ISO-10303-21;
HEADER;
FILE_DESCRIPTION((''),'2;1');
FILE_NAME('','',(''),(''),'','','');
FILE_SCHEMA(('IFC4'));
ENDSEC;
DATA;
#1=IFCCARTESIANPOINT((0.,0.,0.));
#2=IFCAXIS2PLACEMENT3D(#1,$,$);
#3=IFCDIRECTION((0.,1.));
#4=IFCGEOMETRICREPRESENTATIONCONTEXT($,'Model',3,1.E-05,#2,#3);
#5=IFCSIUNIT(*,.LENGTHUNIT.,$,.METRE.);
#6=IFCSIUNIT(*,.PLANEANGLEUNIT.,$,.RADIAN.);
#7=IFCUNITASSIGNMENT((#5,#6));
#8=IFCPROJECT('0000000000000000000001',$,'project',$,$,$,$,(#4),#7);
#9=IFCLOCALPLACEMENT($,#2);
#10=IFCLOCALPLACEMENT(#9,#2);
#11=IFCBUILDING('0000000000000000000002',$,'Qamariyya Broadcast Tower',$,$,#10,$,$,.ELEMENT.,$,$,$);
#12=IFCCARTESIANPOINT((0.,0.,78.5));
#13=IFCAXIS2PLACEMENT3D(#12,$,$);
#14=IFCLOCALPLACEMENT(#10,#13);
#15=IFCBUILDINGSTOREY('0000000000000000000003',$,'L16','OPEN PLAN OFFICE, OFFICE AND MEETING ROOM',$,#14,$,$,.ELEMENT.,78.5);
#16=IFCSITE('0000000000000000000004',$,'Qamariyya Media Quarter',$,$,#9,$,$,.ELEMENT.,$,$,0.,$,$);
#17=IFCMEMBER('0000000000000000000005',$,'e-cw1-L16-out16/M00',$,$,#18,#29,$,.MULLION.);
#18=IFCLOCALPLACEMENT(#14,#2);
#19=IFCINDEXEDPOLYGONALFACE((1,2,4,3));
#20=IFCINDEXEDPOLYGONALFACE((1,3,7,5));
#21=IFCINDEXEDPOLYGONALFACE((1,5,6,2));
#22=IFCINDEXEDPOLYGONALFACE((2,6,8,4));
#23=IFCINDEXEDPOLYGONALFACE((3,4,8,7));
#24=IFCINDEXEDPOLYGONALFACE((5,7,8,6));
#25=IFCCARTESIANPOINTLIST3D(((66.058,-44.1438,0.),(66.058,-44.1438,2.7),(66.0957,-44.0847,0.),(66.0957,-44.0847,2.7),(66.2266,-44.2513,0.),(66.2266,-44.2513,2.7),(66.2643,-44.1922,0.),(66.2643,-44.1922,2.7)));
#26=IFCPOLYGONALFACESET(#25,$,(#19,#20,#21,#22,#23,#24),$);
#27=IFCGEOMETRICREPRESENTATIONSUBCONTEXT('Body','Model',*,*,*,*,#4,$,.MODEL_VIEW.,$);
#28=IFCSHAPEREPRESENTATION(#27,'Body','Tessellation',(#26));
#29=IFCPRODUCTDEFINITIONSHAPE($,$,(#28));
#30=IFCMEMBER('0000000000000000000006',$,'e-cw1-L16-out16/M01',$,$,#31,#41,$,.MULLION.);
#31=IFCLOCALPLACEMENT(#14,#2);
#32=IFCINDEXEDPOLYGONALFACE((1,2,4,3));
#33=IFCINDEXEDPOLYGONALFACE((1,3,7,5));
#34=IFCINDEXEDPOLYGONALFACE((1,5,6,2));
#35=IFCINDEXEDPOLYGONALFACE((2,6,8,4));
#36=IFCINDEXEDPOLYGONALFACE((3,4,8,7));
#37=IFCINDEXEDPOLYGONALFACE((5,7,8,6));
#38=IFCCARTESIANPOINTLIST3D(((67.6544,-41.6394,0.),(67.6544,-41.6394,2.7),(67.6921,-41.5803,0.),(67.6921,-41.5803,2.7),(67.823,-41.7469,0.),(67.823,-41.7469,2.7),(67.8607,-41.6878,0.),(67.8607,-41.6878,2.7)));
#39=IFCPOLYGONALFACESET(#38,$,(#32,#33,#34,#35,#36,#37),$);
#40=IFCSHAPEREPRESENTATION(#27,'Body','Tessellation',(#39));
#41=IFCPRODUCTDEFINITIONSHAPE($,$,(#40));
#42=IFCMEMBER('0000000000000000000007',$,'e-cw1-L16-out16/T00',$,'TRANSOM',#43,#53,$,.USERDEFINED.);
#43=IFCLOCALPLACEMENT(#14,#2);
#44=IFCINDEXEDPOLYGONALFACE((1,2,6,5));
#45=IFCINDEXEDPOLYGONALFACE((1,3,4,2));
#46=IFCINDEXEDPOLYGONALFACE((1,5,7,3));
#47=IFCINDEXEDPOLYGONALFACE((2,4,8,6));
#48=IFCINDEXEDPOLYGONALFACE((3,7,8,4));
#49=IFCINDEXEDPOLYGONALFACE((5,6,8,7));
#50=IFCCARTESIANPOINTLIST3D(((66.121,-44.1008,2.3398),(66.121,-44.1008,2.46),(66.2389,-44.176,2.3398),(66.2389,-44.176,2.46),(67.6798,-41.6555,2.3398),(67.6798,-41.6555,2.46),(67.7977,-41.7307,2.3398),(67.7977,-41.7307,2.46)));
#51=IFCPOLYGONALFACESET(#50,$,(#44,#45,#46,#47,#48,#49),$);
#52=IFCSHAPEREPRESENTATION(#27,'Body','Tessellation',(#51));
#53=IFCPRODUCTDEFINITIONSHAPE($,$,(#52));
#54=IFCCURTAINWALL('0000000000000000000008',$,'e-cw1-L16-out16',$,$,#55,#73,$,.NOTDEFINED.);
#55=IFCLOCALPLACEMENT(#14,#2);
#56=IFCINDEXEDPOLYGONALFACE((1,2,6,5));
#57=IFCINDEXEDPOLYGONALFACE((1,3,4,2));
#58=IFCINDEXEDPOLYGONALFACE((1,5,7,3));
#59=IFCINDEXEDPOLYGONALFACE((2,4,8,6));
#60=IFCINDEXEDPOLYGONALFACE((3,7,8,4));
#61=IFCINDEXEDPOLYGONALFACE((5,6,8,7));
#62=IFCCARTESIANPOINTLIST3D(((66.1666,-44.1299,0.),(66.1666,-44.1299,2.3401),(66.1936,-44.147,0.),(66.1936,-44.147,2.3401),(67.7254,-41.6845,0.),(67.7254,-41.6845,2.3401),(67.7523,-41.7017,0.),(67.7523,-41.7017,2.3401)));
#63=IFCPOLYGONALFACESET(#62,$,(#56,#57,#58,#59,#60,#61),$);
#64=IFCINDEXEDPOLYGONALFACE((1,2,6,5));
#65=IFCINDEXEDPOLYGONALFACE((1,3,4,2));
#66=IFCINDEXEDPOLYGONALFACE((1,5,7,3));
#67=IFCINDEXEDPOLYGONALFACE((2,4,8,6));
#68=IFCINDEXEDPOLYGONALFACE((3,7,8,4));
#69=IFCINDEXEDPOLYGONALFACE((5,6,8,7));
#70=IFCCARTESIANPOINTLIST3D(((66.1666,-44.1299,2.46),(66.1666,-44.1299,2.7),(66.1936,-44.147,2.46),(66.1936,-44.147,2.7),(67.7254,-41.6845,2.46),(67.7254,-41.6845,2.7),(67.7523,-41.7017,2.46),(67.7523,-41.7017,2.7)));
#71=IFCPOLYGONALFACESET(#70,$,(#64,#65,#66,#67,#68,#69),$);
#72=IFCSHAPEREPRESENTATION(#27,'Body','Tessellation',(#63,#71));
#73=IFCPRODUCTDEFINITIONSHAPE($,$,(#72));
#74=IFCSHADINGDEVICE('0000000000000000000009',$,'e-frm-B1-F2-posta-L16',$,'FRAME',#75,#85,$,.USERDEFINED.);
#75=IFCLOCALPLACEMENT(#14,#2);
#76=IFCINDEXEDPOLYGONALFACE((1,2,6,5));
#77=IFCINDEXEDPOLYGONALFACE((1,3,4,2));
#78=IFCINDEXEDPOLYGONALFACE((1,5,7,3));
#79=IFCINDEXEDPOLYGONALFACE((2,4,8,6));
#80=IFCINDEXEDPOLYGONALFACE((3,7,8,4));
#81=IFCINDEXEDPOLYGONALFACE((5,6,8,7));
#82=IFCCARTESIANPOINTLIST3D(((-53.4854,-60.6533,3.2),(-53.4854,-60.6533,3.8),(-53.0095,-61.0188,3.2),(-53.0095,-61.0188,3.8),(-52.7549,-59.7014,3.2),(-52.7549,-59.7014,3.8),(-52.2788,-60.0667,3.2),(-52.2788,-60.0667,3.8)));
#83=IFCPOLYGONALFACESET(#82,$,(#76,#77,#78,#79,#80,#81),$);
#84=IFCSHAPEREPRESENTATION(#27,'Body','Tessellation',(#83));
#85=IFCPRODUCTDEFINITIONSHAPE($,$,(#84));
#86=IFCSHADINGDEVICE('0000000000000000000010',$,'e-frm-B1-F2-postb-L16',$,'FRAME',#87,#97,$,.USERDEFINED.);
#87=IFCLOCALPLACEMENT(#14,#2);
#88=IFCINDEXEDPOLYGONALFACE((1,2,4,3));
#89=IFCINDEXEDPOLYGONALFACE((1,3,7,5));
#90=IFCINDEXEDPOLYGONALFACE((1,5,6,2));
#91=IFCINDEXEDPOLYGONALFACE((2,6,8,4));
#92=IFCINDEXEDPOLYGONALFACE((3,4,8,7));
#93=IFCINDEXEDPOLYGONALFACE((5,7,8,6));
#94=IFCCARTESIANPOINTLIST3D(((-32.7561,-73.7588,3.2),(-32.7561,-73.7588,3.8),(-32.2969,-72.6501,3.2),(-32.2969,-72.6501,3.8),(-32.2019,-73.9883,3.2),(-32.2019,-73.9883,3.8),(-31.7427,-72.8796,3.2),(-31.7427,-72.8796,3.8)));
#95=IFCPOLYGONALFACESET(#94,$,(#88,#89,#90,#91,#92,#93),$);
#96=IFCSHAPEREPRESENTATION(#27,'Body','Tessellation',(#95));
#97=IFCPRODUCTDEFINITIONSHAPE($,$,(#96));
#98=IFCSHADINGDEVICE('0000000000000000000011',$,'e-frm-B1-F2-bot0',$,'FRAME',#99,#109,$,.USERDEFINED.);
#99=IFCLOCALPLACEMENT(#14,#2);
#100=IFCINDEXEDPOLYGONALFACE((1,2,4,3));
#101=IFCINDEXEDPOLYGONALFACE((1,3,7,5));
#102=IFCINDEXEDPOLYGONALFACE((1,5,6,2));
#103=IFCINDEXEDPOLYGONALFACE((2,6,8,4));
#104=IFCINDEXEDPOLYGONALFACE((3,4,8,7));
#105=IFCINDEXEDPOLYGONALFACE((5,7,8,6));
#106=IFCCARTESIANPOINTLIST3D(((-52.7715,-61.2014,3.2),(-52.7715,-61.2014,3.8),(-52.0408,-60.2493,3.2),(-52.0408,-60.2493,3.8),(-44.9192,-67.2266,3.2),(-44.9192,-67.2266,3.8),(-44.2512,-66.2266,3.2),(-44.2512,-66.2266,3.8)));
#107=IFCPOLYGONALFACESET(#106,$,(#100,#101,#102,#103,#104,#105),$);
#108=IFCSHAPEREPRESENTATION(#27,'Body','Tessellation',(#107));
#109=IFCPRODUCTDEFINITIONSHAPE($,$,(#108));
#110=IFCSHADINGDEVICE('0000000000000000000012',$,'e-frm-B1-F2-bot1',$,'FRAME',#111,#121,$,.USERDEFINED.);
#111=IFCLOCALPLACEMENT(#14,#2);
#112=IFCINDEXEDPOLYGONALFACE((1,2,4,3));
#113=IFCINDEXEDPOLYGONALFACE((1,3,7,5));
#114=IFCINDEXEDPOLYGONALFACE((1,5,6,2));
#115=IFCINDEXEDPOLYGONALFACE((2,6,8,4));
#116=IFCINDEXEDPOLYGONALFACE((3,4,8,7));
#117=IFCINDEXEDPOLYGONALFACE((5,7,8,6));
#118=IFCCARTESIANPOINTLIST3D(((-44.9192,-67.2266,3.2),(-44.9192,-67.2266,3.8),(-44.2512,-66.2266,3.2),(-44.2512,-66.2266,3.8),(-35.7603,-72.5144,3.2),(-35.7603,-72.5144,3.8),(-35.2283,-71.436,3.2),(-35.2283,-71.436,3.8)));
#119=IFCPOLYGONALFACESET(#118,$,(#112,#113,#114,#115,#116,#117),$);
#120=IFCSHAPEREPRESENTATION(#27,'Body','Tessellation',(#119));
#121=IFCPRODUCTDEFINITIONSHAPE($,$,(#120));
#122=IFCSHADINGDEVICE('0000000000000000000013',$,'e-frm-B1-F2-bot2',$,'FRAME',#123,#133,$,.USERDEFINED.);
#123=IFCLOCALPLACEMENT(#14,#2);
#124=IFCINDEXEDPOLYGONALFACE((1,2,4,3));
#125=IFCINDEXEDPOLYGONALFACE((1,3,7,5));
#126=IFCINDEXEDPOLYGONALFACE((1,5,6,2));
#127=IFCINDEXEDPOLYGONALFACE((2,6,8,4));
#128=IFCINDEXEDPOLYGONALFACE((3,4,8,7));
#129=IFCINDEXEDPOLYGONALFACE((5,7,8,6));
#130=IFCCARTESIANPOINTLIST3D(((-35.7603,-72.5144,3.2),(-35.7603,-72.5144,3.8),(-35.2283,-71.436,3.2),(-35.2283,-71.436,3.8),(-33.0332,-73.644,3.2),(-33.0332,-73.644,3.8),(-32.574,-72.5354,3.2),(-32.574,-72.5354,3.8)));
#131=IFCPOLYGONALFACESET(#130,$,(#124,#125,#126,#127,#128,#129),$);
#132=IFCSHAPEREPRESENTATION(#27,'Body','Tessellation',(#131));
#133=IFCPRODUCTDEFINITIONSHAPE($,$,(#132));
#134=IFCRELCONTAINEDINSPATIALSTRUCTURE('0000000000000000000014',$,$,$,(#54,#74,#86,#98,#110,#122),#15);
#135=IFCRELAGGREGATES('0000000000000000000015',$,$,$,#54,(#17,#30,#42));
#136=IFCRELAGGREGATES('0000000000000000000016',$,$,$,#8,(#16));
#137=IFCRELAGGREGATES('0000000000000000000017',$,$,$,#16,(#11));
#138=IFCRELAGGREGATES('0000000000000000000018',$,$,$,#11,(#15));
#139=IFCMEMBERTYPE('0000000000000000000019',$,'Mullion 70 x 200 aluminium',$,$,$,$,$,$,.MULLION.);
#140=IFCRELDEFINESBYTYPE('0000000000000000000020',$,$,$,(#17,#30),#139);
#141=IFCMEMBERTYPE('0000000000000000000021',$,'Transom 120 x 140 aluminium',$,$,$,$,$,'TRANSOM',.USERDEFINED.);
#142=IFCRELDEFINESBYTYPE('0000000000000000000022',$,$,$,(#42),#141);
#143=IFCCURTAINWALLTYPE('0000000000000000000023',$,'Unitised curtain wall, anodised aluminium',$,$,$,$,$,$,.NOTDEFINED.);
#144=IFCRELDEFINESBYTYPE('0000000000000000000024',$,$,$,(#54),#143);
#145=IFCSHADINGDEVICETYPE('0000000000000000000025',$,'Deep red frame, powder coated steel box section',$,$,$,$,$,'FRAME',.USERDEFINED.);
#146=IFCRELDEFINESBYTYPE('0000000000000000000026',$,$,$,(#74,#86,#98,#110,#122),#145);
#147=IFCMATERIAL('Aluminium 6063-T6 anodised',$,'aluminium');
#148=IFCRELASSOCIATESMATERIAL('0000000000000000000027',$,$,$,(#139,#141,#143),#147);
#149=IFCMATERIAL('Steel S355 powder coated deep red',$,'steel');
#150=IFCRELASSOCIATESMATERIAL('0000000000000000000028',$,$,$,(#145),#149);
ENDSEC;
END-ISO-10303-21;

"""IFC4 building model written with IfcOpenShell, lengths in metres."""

from ifc_helpers import new_model, si_unit, direction, frame, origin, origin_2d, place, context, subcontext, project, spatial, polyline, rectangle, outline, extrude, material, material_profile, profile_set, type_object, element, aggregate, save


model = new_model("IFC4")

# Units and contexts
model_context = context("Model", 3, precision=1e-05, world=origin(), true_north=direction((0.0, 1.0)))
body_context = subcontext(model_context, "Body", "Model", "MODEL_VIEW")
ifc_project = project(units=[si_unit("LENGTHUNIT", "METRE"), si_unit("PLANEANGLEUNIT", "RADIAN")], contexts=[model_context])

# Members
ifc_material_1 = material(Name="Aluminium 6063-T6 anodised", Category="aluminium")
ifc_material_profile_1 = material_profile(ifc_material_1, rectangle(XDim=0.2, YDim=0.0701, at=origin_2d()))
ifc_profile_set_1 = profile_set([ifc_material_profile_1], Name="Aluminium 6063-T6 anodised")
member_type_1 = type_object("IfcMemberType", Name="Mullion 70 x 200 aluminium", PredefinedType="MULLION", material=ifc_profile_set_1)
site_placement = place(None, origin())
building_placement = place(site_placement, origin())
storey_placement = place(building_placement, frame((0.0, 0.0, 78.5)))
member_1_placement = place(storey_placement, frame((66.1611, -44.168, 0.0), z_axis=(0.0, 0.0, 1.0), x_axis=(-0.843222, 0.537565, 0.0)))
member_1 = element("IfcMember", 1, at=member_1_placement, type_object=member_type_1, Name="e-cw1-L16-out16/M00", PredefinedType="MULLION", context=body_context, shape_type="SweptSolid", body=[
    extrude(rectangle(XDim=0.2, YDim=0.0701, at=origin_2d()), origin(), (0.0, 0.0, 1.0), 2.7),
])
member_2_placement = place(storey_placement, frame((67.7576, -41.6636, 0.0), z_axis=(0.0, 0.0, 1.0), x_axis=(-0.843222, 0.537565, 0.0)))
member_2 = element("IfcMember", 2, at=member_2_placement, type_object=member_type_1, Name="e-cw1-L16-out16/M01", PredefinedType="MULLION", context=body_context, shape_type="SweptSolid", body=[
    extrude(rectangle(XDim=0.2, YDim=0.0701, at=origin_2d()), origin(), (0.0, 0.0, 1.0), 2.7),
])
ifc_material_profile_2 = material_profile(ifc_material_1, rectangle(XDim=0.1399, YDim=0.1201, at=origin_2d()))
ifc_profile_set_2 = profile_set([ifc_material_profile_2], Name="Aluminium 6063-T6 anodised")
member_type_2 = type_object("IfcMemberType", Name="Transom 120 x 140 aluminium", ElementType="TRANSOM", PredefinedType="USERDEFINED", material=ifc_profile_set_2)
member_3_placement = place(storey_placement, frame((66.1799, -44.1384, 2.3999), z_axis=(0.537545, 0.843235, 0.0), x_axis=(-0.843235, 0.537545, 0.0)))
member_3 = element("IfcMember", 3, at=member_3_placement, type_object=member_type_2, Name="e-cw1-L16-out16/T00", ObjectType="TRANSOM", PredefinedType="USERDEFINED", context=body_context, shape_type="SweptSolid", body=[
    extrude(rectangle(XDim=0.1399, YDim=0.1201, at=origin_2d()), origin(), (0.0, 0.0, 1.0), 2.8999),
])

# Site, building, storey
site = spatial("IfcSite", under=ifc_project, at=site_placement, Name="Qamariyya Media Quarter", CompositionType="ELEMENT", RefElevation=0.0)
building = spatial("IfcBuilding", under=site, at=building_placement, Name="Qamariyya Broadcast Tower", CompositionType="ELEMENT")
storey = spatial("IfcBuildingStorey", under=building, at=storey_placement, Name="L16", Description="OPEN PLAN OFFICE, OFFICE AND MEETING ROOM", CompositionType="ELEMENT", Elevation=78.5)

# Curtain wall
curtain_wall_type = type_object("IfcCurtainWallType", Name="Unitised curtain wall, anodised aluminium", PredefinedType="NOTDEFINED", material=ifc_material_1)
curtain_wall_placement = place(storey_placement, origin())
curtain_wall = element("IfcCurtainWall", 4, at=curtain_wall_placement, inside=storey, type_object=curtain_wall_type, Name="e-cw1-L16-out16", PredefinedType="NOTDEFINED", context=body_context, shape_type="SweptSolid", body=[
    extrude(rectangle(XDim=2.8999, YDim=0.032, at=origin_2d()), frame((66.9595, -42.9158, 0.0), x_axis=(0.537515, 0.843254, 0.0)), (0.0, 0.0, 1.0), 2.3401),
    extrude(rectangle(XDim=2.8999, YDim=0.032, at=origin_2d()), frame((66.9595, -42.9158, 2.46), x_axis=(0.537515, 0.843254, 0.0)), (0.0, 0.0, 1.0), 0.24),
])
aggregate(curtain_wall, [member_1, member_2, member_3])

# Shading devices
ifc_material_2 = material(Name="Steel S355 powder coated deep red", Category="steel")
shading_device_type = type_object("IfcShadingDeviceType", Name="Deep red frame, powder coated steel box section", ElementType="FRAME", PredefinedType="USERDEFINED", material=ifc_material_2)
shading_device_1_placement = place(storey_placement, frame((0.0, 0.0, 3.2)))
element("IfcShadingDevice", 5, at=shading_device_1_placement, inside=storey, type_object=shading_device_type, Name="e-frm-B1-F2-posta-L16", ObjectType="FRAME", PredefinedType="USERDEFINED", context=body_context, shape_type="SweptSolid", body=[
    extrude(outline(polyline([(-52.7549, -59.7014), (-53.4854, -60.6533), (-53.0095, -61.0188), (-52.2788, -60.0667), (-52.7549, -59.7014)])), origin(), (0.0, 0.0, 1.0), 0.6001),
])
shading_device_2_placement = place(storey_placement, frame((0.0, 0.0, 3.2)))
element("IfcShadingDevice", 6, at=shading_device_2_placement, inside=storey, type_object=shading_device_type, Name="e-frm-B1-F2-postb-L16", ObjectType="FRAME", PredefinedType="USERDEFINED", context=body_context, shape_type="SweptSolid", body=[
    extrude(outline(polyline([(-32.2969, -72.6501), (-32.7561, -73.7588), (-32.2019, -73.9883), (-31.7427, -72.8796), (-32.2969, -72.6501)])), origin(), (0.0, 0.0, 1.0), 0.6001),
])
shading_device_3_placement = place(storey_placement, frame((0.0, 0.0, 3.2)))
element("IfcShadingDevice", 7, at=shading_device_3_placement, inside=storey, type_object=shading_device_type, Name="e-frm-B1-F2-bot0", ObjectType="FRAME", PredefinedType="USERDEFINED", context=body_context, shape_type="SweptSolid", body=[
    extrude(outline(polyline([(-52.0408, -60.2493), (-52.7715, -61.2014), (-44.9192, -67.2266), (-44.2512, -66.2266), (-52.0408, -60.2493)])), origin(), (0.0, 0.0, 1.0), 0.6001),
])
shading_device_4_placement = place(storey_placement, frame((0.0, 0.0, 3.2)))
element("IfcShadingDevice", 8, at=shading_device_4_placement, inside=storey, type_object=shading_device_type, Name="e-frm-B1-F2-bot1", ObjectType="FRAME", PredefinedType="USERDEFINED", context=body_context, shape_type="SweptSolid", body=[
    extrude(outline(polyline([(-44.2512, -66.2266), (-44.9192, -67.2266), (-35.7603, -72.5144), (-35.2283, -71.436), (-44.2512, -66.2266)])), origin(), (0.0, 0.0, 1.0), 0.6001),
])
shading_device_5_placement = place(storey_placement, frame((0.0, 0.0, 3.2)))
element("IfcShadingDevice", 9, at=shading_device_5_placement, inside=storey, type_object=shading_device_type, Name="e-frm-B1-F2-bot2", ObjectType="FRAME", PredefinedType="USERDEFINED", context=body_context, shape_type="SweptSolid", body=[
    extrude(outline(polyline([(-35.2283, -71.436), (-35.7603, -72.5144), (-33.0332, -73.644), (-32.574, -72.5354), (-35.2283, -71.436)])), origin(), (0.0, 0.0, 1.0), 0.6001),
])

save(model, "model.ifc")
